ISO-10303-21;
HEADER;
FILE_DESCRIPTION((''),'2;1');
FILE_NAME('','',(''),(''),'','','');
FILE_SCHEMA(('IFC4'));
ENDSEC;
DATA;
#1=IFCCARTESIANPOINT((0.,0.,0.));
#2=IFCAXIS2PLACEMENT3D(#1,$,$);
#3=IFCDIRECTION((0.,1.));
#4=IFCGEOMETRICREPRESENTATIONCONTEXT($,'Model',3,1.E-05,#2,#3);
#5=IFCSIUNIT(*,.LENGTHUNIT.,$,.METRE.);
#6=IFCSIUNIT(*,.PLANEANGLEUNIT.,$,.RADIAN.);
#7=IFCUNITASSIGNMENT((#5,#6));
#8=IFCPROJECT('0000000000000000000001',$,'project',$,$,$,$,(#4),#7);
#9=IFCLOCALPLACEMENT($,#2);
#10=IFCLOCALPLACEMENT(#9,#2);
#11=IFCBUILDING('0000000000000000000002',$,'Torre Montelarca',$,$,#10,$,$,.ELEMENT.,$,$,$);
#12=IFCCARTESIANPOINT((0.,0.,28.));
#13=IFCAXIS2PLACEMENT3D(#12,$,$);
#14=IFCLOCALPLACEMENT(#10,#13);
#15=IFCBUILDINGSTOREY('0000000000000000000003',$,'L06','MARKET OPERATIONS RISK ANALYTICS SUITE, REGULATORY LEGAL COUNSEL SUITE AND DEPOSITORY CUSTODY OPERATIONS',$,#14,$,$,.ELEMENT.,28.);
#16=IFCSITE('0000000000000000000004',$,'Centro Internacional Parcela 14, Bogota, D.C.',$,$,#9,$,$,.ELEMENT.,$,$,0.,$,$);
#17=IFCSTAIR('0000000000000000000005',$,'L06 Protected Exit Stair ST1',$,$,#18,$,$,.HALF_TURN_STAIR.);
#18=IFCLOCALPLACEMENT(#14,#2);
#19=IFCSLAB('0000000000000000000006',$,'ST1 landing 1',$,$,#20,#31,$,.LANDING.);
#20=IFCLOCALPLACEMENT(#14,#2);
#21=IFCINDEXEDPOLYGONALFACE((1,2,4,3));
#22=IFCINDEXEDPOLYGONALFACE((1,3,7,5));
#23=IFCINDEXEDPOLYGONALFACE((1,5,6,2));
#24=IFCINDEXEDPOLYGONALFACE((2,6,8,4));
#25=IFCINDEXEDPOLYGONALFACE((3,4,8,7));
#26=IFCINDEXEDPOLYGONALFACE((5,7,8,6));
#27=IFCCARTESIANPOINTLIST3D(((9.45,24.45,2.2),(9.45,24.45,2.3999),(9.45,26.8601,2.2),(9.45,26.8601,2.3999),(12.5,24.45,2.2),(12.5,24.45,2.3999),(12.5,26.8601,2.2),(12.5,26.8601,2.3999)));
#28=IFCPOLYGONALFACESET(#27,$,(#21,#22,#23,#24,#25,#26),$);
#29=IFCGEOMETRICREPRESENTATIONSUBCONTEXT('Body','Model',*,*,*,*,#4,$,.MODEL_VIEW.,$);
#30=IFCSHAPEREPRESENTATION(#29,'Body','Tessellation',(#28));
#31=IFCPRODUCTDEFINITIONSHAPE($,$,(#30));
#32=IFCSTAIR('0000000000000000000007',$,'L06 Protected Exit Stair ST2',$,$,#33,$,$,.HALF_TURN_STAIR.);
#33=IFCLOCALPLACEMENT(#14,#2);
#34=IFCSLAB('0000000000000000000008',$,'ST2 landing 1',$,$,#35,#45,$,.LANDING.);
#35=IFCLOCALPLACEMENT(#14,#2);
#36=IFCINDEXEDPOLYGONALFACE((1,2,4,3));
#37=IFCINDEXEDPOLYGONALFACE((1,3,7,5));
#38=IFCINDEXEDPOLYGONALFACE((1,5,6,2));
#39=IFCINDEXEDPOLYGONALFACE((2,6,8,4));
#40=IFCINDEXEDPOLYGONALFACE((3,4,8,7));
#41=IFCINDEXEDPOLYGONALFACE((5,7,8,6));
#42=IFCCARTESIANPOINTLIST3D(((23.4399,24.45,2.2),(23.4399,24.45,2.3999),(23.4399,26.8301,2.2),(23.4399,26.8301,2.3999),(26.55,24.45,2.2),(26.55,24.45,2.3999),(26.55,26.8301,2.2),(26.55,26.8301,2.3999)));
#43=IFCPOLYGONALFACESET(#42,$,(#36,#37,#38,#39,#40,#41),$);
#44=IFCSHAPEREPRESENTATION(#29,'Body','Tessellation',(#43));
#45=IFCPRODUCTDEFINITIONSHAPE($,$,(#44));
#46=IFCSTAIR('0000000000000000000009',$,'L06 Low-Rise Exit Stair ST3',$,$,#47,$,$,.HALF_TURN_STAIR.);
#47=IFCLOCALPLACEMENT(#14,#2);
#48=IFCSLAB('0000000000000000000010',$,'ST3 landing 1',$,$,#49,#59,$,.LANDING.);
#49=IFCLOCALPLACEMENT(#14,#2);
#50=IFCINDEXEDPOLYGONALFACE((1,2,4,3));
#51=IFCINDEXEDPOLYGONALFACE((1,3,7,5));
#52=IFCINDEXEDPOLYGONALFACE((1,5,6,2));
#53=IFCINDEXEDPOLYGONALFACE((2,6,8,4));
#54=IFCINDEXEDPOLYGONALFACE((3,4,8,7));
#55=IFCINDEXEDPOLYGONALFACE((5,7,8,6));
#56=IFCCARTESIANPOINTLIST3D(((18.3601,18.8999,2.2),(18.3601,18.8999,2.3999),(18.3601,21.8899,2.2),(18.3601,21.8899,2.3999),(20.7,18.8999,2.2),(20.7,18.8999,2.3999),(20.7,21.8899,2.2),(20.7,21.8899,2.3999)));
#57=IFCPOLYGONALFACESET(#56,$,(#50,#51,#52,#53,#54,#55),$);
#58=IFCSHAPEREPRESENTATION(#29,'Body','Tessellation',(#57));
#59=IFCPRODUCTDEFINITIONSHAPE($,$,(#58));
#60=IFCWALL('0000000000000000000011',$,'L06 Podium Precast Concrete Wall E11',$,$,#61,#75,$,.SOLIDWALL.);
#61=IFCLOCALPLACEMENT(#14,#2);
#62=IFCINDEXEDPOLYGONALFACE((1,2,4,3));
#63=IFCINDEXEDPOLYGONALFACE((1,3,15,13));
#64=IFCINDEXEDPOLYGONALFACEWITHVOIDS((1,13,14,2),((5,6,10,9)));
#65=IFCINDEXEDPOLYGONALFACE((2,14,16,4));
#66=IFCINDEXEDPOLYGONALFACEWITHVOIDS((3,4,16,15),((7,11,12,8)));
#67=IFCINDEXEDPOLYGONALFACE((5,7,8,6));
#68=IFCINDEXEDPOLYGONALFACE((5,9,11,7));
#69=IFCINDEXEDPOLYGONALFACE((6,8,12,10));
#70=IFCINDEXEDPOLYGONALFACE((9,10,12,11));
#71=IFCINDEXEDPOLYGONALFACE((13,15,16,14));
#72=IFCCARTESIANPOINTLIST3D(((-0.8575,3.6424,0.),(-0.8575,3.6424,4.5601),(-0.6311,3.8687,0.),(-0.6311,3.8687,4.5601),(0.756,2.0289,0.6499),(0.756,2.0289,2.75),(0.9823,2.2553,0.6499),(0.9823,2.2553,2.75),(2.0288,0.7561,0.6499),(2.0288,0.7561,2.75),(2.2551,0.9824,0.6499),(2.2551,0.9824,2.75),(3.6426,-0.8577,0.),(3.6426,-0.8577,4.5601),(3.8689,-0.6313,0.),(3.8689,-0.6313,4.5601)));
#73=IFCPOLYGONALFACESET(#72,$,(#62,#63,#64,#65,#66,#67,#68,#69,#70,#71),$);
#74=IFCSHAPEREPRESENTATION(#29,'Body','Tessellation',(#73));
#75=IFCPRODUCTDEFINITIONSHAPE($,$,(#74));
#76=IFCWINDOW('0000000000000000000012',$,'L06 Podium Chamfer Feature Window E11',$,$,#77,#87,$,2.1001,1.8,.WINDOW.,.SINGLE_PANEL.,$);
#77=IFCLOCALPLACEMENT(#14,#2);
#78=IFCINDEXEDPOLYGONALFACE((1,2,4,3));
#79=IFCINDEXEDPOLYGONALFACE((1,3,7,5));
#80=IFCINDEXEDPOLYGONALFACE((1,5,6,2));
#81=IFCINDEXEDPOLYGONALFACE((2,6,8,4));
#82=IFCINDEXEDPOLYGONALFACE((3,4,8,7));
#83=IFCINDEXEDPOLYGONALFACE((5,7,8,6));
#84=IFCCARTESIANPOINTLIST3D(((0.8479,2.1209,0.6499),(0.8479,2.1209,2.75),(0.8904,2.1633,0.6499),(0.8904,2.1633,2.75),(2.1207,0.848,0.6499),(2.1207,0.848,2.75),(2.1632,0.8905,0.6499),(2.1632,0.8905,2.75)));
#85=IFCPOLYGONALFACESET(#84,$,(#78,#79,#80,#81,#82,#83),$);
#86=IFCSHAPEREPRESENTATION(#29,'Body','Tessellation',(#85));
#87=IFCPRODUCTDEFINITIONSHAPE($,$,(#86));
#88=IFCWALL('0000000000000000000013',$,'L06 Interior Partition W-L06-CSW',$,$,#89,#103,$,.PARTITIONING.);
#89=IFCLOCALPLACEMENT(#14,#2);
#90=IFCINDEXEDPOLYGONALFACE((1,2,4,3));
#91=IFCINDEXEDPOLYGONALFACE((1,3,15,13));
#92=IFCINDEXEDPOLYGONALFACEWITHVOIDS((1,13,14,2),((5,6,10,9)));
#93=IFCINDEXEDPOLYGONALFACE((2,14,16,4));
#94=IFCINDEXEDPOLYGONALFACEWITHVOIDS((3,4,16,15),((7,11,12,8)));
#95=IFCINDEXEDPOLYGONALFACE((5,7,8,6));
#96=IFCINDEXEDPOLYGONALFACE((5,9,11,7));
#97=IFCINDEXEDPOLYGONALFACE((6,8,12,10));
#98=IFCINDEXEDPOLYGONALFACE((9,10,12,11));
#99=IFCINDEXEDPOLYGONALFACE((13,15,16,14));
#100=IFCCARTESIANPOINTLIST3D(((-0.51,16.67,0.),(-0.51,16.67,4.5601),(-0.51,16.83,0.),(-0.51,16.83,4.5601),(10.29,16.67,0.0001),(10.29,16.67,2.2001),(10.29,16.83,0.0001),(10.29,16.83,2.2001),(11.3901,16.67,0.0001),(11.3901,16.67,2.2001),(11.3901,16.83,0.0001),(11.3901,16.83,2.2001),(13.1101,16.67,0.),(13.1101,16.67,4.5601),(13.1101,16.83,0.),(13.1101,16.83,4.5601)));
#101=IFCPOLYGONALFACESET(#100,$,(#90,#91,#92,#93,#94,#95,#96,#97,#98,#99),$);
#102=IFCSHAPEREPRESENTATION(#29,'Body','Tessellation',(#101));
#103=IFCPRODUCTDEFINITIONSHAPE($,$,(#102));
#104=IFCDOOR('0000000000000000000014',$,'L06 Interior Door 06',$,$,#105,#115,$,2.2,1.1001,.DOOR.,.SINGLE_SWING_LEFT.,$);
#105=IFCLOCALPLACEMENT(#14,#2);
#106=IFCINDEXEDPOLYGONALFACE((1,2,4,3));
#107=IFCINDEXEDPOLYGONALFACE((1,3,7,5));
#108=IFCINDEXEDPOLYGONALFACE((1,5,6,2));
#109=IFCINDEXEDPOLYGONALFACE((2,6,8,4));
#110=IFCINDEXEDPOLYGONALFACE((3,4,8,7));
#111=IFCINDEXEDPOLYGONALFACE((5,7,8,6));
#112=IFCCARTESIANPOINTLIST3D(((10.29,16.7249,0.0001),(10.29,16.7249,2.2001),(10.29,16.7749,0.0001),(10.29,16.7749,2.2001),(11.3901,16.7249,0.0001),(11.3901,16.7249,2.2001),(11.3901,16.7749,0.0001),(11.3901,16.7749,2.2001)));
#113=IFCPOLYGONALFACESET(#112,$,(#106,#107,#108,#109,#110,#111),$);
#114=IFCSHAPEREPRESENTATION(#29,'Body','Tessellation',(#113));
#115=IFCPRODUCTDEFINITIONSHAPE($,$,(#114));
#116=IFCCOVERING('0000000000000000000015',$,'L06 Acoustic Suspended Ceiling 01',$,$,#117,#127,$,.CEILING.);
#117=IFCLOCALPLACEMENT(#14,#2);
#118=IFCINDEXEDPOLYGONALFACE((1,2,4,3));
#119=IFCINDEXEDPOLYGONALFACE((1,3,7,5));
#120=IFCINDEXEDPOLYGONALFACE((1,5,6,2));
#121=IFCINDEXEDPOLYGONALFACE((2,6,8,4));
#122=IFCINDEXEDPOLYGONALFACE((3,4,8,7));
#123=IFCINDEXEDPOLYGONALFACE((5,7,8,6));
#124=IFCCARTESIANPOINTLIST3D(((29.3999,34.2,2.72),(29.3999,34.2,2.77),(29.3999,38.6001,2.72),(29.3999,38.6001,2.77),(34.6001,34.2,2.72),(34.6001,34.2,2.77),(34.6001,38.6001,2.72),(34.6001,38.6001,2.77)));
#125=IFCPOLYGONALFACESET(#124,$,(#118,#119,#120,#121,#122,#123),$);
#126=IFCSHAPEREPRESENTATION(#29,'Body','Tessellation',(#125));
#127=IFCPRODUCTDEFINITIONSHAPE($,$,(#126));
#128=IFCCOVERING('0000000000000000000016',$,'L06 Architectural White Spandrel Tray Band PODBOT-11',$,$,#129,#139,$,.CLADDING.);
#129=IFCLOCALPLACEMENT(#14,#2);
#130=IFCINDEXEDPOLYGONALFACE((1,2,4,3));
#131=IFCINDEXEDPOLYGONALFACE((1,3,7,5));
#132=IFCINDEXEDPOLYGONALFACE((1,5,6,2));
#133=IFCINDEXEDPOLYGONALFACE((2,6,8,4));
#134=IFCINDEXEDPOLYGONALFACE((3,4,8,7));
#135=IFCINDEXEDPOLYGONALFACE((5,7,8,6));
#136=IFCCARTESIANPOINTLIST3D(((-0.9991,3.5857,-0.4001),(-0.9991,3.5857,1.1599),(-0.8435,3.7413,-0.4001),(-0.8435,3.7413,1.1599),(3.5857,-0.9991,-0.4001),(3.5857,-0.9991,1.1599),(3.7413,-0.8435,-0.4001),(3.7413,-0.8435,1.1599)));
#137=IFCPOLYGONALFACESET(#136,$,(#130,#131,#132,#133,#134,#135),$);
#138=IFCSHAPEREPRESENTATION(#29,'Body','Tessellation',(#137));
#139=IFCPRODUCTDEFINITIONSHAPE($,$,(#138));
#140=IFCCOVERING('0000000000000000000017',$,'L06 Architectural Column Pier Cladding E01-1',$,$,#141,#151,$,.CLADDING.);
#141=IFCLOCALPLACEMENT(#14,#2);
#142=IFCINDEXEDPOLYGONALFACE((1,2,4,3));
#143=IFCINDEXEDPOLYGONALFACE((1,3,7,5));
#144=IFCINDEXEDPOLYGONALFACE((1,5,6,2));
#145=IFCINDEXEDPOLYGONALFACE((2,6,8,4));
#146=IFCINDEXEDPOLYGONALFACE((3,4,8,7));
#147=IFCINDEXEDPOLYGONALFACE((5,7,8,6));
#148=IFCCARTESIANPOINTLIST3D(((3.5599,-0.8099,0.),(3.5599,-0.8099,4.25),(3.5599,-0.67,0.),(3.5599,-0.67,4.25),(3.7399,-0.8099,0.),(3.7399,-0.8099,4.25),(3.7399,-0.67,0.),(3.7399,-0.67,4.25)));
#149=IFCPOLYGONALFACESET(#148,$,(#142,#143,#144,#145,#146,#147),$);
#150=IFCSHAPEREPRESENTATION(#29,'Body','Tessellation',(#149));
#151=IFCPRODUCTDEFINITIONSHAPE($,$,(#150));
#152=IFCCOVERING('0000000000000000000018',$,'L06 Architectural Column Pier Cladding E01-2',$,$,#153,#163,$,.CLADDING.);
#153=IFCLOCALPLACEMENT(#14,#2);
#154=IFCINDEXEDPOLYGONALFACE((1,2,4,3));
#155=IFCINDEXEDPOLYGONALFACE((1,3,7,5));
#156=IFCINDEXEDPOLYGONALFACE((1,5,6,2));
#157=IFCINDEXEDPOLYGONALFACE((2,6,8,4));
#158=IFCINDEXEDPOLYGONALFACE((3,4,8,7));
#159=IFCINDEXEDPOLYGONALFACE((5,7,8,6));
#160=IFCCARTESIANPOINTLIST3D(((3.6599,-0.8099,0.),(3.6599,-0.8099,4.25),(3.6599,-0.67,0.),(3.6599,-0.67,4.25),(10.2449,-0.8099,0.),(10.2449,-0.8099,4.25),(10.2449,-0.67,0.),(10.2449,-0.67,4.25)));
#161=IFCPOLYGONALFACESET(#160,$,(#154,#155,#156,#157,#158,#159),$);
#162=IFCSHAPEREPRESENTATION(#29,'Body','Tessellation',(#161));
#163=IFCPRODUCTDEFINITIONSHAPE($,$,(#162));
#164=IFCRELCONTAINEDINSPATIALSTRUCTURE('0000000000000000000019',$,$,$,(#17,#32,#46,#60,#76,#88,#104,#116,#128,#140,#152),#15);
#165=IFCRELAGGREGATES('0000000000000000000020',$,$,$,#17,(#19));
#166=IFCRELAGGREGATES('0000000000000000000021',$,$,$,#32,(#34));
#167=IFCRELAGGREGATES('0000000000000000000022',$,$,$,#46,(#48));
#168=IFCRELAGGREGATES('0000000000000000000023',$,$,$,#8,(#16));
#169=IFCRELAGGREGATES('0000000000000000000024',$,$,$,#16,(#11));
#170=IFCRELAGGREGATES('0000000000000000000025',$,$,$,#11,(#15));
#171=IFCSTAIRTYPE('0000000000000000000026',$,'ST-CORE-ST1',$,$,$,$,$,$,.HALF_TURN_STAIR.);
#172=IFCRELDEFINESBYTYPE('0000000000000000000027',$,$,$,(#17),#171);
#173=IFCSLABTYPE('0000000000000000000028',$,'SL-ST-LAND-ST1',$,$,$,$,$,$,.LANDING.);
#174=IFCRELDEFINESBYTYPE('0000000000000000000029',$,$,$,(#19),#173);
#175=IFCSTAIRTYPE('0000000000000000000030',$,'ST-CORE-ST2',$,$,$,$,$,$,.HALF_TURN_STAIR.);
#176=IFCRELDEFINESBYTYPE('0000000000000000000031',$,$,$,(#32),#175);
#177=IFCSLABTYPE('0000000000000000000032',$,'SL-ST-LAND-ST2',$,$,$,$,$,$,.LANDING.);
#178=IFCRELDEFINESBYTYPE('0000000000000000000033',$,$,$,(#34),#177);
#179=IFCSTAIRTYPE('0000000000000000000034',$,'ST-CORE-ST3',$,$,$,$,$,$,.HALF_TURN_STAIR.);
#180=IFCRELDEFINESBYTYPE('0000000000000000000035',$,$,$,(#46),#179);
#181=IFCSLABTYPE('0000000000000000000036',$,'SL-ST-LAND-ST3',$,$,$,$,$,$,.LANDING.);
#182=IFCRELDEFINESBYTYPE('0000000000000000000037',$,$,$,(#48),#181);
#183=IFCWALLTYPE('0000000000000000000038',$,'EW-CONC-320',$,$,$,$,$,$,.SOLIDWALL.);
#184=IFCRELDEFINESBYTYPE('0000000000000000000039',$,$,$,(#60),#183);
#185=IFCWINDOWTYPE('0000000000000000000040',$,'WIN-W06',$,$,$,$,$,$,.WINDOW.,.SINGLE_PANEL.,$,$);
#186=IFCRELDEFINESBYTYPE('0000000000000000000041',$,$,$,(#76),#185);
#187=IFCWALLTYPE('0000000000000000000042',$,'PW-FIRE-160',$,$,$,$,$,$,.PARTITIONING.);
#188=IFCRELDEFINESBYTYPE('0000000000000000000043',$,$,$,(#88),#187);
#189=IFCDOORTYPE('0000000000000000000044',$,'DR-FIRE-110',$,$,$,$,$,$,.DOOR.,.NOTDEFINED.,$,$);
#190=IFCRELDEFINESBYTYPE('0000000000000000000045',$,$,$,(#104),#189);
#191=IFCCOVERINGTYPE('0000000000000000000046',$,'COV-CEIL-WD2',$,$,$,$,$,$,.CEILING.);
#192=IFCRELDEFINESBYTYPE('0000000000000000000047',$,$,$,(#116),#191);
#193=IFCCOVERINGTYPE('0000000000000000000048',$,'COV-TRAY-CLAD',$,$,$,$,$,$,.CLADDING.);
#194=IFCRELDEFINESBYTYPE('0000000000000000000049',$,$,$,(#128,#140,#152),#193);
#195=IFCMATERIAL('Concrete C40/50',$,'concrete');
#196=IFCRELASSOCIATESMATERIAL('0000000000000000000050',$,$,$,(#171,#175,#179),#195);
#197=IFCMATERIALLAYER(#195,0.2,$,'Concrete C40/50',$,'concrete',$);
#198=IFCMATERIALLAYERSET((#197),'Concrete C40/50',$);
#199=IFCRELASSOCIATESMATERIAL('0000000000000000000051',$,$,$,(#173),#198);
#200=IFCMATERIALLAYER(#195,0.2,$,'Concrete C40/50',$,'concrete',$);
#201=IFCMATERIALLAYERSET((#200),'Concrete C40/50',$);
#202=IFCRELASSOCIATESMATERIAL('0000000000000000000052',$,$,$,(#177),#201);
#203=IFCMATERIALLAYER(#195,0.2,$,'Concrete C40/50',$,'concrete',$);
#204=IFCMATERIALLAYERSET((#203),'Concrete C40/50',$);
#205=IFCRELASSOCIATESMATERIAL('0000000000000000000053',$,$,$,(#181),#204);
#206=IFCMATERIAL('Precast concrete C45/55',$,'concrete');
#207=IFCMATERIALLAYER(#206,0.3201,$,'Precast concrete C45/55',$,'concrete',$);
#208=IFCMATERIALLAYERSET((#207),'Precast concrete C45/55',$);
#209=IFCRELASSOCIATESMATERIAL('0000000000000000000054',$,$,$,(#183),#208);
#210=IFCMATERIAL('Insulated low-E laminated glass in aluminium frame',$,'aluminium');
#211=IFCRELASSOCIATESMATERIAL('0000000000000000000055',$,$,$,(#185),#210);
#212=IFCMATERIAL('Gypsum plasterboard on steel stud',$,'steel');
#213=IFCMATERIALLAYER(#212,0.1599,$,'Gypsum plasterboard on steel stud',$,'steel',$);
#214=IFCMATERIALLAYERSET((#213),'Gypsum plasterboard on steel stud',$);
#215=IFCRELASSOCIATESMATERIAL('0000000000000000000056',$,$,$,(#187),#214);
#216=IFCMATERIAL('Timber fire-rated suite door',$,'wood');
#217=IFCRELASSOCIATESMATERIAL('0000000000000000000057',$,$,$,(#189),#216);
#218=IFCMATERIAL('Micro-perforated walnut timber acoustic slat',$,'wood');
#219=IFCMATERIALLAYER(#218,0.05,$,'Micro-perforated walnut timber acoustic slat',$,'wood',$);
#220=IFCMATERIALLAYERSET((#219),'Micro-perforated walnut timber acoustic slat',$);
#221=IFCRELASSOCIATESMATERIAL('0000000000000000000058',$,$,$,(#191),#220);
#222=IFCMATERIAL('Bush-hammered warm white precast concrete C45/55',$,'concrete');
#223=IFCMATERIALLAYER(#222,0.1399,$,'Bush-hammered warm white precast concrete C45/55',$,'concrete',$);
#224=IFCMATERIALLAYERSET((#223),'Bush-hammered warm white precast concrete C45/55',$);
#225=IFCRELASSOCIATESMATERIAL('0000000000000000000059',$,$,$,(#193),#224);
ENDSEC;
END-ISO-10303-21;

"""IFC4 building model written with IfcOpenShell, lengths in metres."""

from ifc_helpers import new_model, si_unit, direction, frame, frame_2d, origin, origin_2d, place, context, subcontext, project, spatial, polyline, rectangle, outline, extrude, source, transform, mapped, material, layer, layer_set, type_object, element, fill, aggregate, save


model = new_model("IFC4")

# Units and contexts
model_context = context("Model", 3, precision=1e-05, world=origin(), true_north=direction((0.0, 1.0)))
body_context = subcontext(model_context, "Body", "Model", "MODEL_VIEW")
ifc_project = project(units=[si_unit("LENGTHUNIT", "METRE"), si_unit("PLANEANGLEUNIT", "RADIAN")], contexts=[model_context])

# Site, building, storey
site_placement = place(None, origin())
site = spatial("IfcSite", under=ifc_project, at=site_placement, Name="Centro Internacional Parcela 14, Bogota, D.C.", CompositionType="ELEMENT", RefElevation=0.0)
building_placement = place(site_placement, origin())
building = spatial("IfcBuilding", under=site, at=building_placement, Name="Torre Montelarca", CompositionType="ELEMENT")
storey_placement = place(building_placement, frame((0.0, 0.0, 28.0)))
storey = spatial("IfcBuildingStorey", under=building, at=storey_placement, Name="L06", Description="MARKET OPERATIONS RISK ANALYTICS SUITE, REGULATORY LEGAL COUNSEL SUITE AND DEPOSITORY CUSTODY OPERATIONS", CompositionType="ELEMENT", Elevation=28.0)

# Shared definitions
ifc_material_1 = material(Name="Concrete C40/50", Category="concrete")

# Stairs, slabs
stair_type_1 = type_object("IfcStairType", Name="ST-CORE-ST1", PredefinedType="HALF_TURN_STAIR", material=ifc_material_1)
stair_1_placement = place(storey_placement, origin())
stair_1 = element("IfcStair", 1, at=stair_1_placement, inside=storey, type_object=stair_type_1, Name="L06 Protected Exit Stair ST1", PredefinedType="HALF_TURN_STAIR")
ifc_layer_1 = layer(ifc_material_1, 0.2, Name="Concrete C40/50", Category="concrete")
ifc_layer_set_1 = layer_set([ifc_layer_1], Name="Concrete C40/50")
slab_type_1 = type_object("IfcSlabType", Name="SL-ST-LAND-ST1", PredefinedType="LANDING", material=ifc_layer_set_1)
slab_1_placement = place(storey_placement, frame((0.0, 0.0, 2.2)))
slab_1 = element("IfcSlab", 2, at=slab_1_placement, type_object=slab_type_1, Name="ST1 landing 1", PredefinedType="LANDING", context=body_context, shape_type="SweptSolid", body=[
    extrude(outline(polyline([(9.45, 26.8601), (9.45, 24.45), (12.5, 24.45), (12.5, 26.8601), (9.45, 26.8601)])), origin(), (0.0, 0.0, 1.0), 0.2),
])
aggregate(stair_1, [slab_1])
stair_type_2 = type_object("IfcStairType", Name="ST-CORE-ST2", PredefinedType="HALF_TURN_STAIR", material=ifc_material_1)
stair_2_placement = place(storey_placement, origin())
stair_2 = element("IfcStair", 3, at=stair_2_placement, inside=storey, type_object=stair_type_2, Name="L06 Protected Exit Stair ST2", PredefinedType="HALF_TURN_STAIR")
ifc_layer_2 = layer(ifc_material_1, 0.2, Name="Concrete C40/50", Category="concrete")
ifc_layer_set_2 = layer_set([ifc_layer_2], Name="Concrete C40/50")
slab_type_2 = type_object("IfcSlabType", Name="SL-ST-LAND-ST2", PredefinedType="LANDING", material=ifc_layer_set_2)
slab_2_placement = place(storey_placement, frame((0.0, 0.0, 2.2)))
slab_2 = element("IfcSlab", 4, at=slab_2_placement, type_object=slab_type_2, Name="ST2 landing 1", PredefinedType="LANDING", context=body_context, shape_type="SweptSolid", body=[
    extrude(outline(polyline([(23.4399, 26.8301), (23.4399, 24.45), (26.55, 24.45), (26.55, 26.8301), (23.4399, 26.8301)])), origin(), (0.0, 0.0, 1.0), 0.2),
])
aggregate(stair_2, [slab_2])
stair_type_3 = type_object("IfcStairType", Name="ST-CORE-ST3", PredefinedType="HALF_TURN_STAIR", material=ifc_material_1)
stair_3_placement = place(storey_placement, origin())
stair_3 = element("IfcStair", 5, at=stair_3_placement, inside=storey, type_object=stair_type_3, Name="L06 Low-Rise Exit Stair ST3", PredefinedType="HALF_TURN_STAIR")
ifc_layer_3 = layer(ifc_material_1, 0.2, Name="Concrete C40/50", Category="concrete")
ifc_layer_set_3 = layer_set([ifc_layer_3], Name="Concrete C40/50")
slab_type_3 = type_object("IfcSlabType", Name="SL-ST-LAND-ST3", PredefinedType="LANDING", material=ifc_layer_set_3)
slab_3_placement = place(storey_placement, frame((0.0, 0.0, 2.2)))
slab_3 = element("IfcSlab", 6, at=slab_3_placement, type_object=slab_type_3, Name="ST3 landing 1", PredefinedType="LANDING", context=body_context, shape_type="SweptSolid", body=[
    extrude(outline(polyline([(18.3601, 18.8999), (20.7, 18.8999), (20.7, 21.8899), (18.3601, 21.8899), (18.3601, 18.8999)])), origin(), (0.0, 0.0, 1.0), 0.2),
])
aggregate(stair_3, [slab_3])

# Wall, opening, window
ifc_material_2 = material(Name="Precast concrete C45/55", Category="concrete")
ifc_layer_4 = layer(ifc_material_2, 0.3201, Name="Precast concrete C45/55", Category="concrete")
ifc_layer_set_4 = layer_set([ifc_layer_4], Name="Precast concrete C45/55")
wall_type_1 = type_object("IfcWallType", Name="EW-CONC-320", PredefinedType="SOLIDWALL", material=ifc_layer_set_4)
wall_1_placement = place(storey_placement, frame((-0.7444, 3.7556, 0.0), z_axis=(0.0, 0.0, 1.0), x_axis=(0.707107, -0.707107, 0.0)))
wall_1 = element("IfcWall", 7, at=wall_1_placement, inside=storey, type_object=wall_type_1, Name="L06 Podium Precast Concrete Wall E11", PredefinedType="SOLIDWALL", context=body_context, shape_type="SweptSolid", body=[
    extrude(rectangle(XDim=6.364, YDim=0.3201, at=frame_2d((3.1821, 0.0))), origin(), (0.0, 0.0, 1.0), 4.5601),
])
opening_1_placement = place(wall_1_placement, frame((2.282, 0.0, 0.6499)))
opening_1 = element("IfcOpeningElement", 8, at=opening_1_placement, cuts=wall_1, PredefinedType="OPENING", context=body_context, shape_type="SweptSolid", body=[
    extrude(rectangle(XDim=1.8, YDim=2.1001, at=frame_2d((0.8999, 1.05))), frame((0.0, 0.1699, 0.0), z_axis=(0.0, -1.0, 0.0), x_axis=(1.0, 0.0, 0.0)), (0.0, 0.0, 1.0), 0.3401),
])
ifc_material_3 = material(Name="Insulated low-E laminated glass in aluminium frame", Category="aluminium")
window_type = type_object("IfcWindowType", Name="WIN-W06", PartitioningType="SINGLE_PANEL", PredefinedType="WINDOW", material=ifc_material_3)
shared_shape_1 = source(origin(), body_context, "Body", "SweptSolid", [
    extrude(rectangle(XDim=1.8, YDim=2.1001, at=frame_2d((0.8999, 1.05))), frame((0.0, 0.03, 0.0), z_axis=(0.0, -1.0, 0.0), x_axis=(1.0, 0.0, 0.0)), (0.0, 0.0, 1.0), 0.0601),
])
window_placement = place(opening_1_placement, origin())
window = element("IfcWindow", 9, at=window_placement, inside=storey, type_object=window_type, Name="L06 Podium Chamfer Feature Window E11", OverallHeight=2.1001, OverallWidth=1.8, PartitioningType="SINGLE_PANEL", PredefinedType="WINDOW", context=body_context, shape_type="MappedRepresentation", body=[
    mapped(shared_shape_1, transform((0.0, 0.0, 0.0), scale=1.0)),
])
fill(opening_1, window)

# Wall, opening, door
ifc_material_4 = material(Name="Gypsum plasterboard on steel stud", Category="steel")
ifc_layer_5 = layer(ifc_material_4, 0.1599, Name="Gypsum plasterboard on steel stud", Category="steel")
ifc_layer_set_5 = layer_set([ifc_layer_5], Name="Gypsum plasterboard on steel stud")
wall_type_2 = type_object("IfcWallType", Name="PW-FIRE-160", PredefinedType="PARTITIONING", material=ifc_layer_set_5)
wall_2_placement = place(storey_placement, frame((-0.51, 16.75, 0.0), z_axis=(0.0, 0.0, 1.0), x_axis=(1.0, 0.0, 0.0)))
wall_2 = element("IfcWall", 10, at=wall_2_placement, inside=storey, type_object=wall_type_2, Name="L06 Interior Partition W-L06-CSW", PredefinedType="PARTITIONING", context=body_context, shape_type="SweptSolid", body=[
    extrude(rectangle(XDim=13.6201, YDim=0.1599, at=frame_2d((6.8101, 0.0))), origin(), (0.0, 0.0, 1.0), 4.5601),
])
opening_2_placement = place(wall_2_placement, frame((10.8, 0.0, 0.0)))
opening_2 = element("IfcOpeningElement", 11, at=opening_2_placement, cuts=wall_2, PredefinedType="OPENING", context=body_context, shape_type="SweptSolid", body=[
    extrude(rectangle(XDim=1.1001, YDim=2.2, at=frame_2d((0.55, 1.1001))), frame((0.0, 0.0898, 0.0), z_axis=(0.0, -1.0, 0.0), x_axis=(1.0, 0.0, 0.0)), (0.0, 0.0, 1.0), 0.1799),
])
ifc_material_5 = material(Name="Timber fire-rated suite door", Category="wood")
door_type = type_object("IfcDoorType", Name="DR-FIRE-110", OperationType="NOTDEFINED", PredefinedType="DOOR", material=ifc_material_5)
shared_shape_2 = source(origin(), body_context, "Body", "SweptSolid", [
    extrude(rectangle(XDim=1.1001, YDim=2.2, at=frame_2d((0.55, 1.1001))), frame((0.0, 0.0249, 0.0), z_axis=(0.0, -1.0, 0.0), x_axis=(1.0, 0.0, 0.0)), (0.0, 0.0, 1.0), 0.05),
])
door_placement = place(opening_2_placement, origin())
door = element("IfcDoor", 12, at=door_placement, inside=storey, type_object=door_type, Name="L06 Interior Door 06", OperationType="SINGLE_SWING_LEFT", OverallHeight=2.2, OverallWidth=1.1001, PredefinedType="DOOR", context=body_context, shape_type="MappedRepresentation", body=[
    mapped(shared_shape_2, transform((0.0, 0.0, 0.0), scale=1.0)),
])
fill(opening_2, door)

# Coverings
ifc_material_6 = material(Name="Micro-perforated walnut timber acoustic slat", Category="wood")
ifc_layer_6 = layer(ifc_material_6, 0.05, Name="Micro-perforated walnut timber acoustic slat", Category="wood")
ifc_layer_set_6 = layer_set([ifc_layer_6], Name="Micro-perforated walnut timber acoustic slat")
covering_type_1 = type_object("IfcCoveringType", Name="COV-CEIL-WD2", PredefinedType="CEILING", material=ifc_layer_set_6)
covering_1_placement = place(storey_placement, frame((0.0, 0.0, 2.72)))
element("IfcCovering", 13, at=covering_1_placement, inside=storey, type_object=covering_type_1, Name="L06 Acoustic Suspended Ceiling 01", PredefinedType="CEILING", context=body_context, shape_type="SweptSolid", body=[
    extrude(outline(polyline([(29.3999, 34.2), (34.6001, 34.2), (34.6001, 38.6001), (29.3999, 38.6001), (29.3999, 34.2)])), origin(), (0.0, 0.0, 1.0), 0.05),
])
ifc_material_7 = material(Name="Bush-hammered warm white precast concrete C45/55", Category="concrete")
ifc_layer_7 = layer(ifc_material_7, 0.1399, Name="Bush-hammered warm white precast concrete C45/55", Category="concrete")
ifc_layer_set_7 = layer_set([ifc_layer_7], Name="Bush-hammered warm white precast concrete C45/55")
covering_type_2 = type_object("IfcCoveringType", Name="COV-TRAY-CLAD", PredefinedType="CLADDING", material=ifc_layer_set_7)
shared_shape_3 = source(origin(), body_context, "Body", "SweptSolid", [
    extrude(rectangle(XDim=6.4839, YDim=0.22, at=origin_2d()), origin(), (0.0, 0.0, 1.0), 1.5601),
])
covering_2_placement = place(storey_placement, frame((1.3711, 1.3711, -0.4001), z_axis=(0.0, 0.0, 1.0), x_axis=(0.707107, -0.707107, 0.0)))
element("IfcCovering", 14, at=covering_2_placement, inside=storey, type_object=covering_type_2, Name="L06 Architectural White Spandrel Tray Band PODBOT-11", PredefinedType="CLADDING", context=body_context, shape_type="MappedRepresentation", body=[
    mapped(shared_shape_3, transform((0.0, 0.0, 0.0), scale=1.0)),
])
shared_shape_4 = source(origin(), body_context, "Body", "SweptSolid", [
    extrude(rectangle(XDim=0.1799, YDim=0.1399, at=origin_2d()), origin(), (0.0, 0.0, 1.0), 4.25),
])
covering_3_placement = place(storey_placement, frame((3.6499, -0.74, 0.0), z_axis=(0.0, 0.0, 1.0), x_axis=(1.0, 0.0, 0.0)))
element("IfcCovering", 15, at=covering_3_placement, inside=storey, type_object=covering_type_2, Name="L06 Architectural Column Pier Cladding E01-1", PredefinedType="CLADDING", context=body_context, shape_type="MappedRepresentation", body=[
    mapped(shared_shape_4, transform((0.0, 0.0, 0.0), scale=1.0)),
])
shared_shape_5 = source(origin(), body_context, "Body", "SweptSolid", [
    extrude(rectangle(XDim=6.585, YDim=0.1399, at=origin_2d()), origin(), (0.0, 0.0, 1.0), 4.25),
])
covering_4_placement = place(storey_placement, frame((6.9524, -0.74, 0.0), z_axis=(0.0, 0.0, 1.0), x_axis=(1.0, 0.0, 0.0)))
element("IfcCovering", 16, at=covering_4_placement, inside=storey, type_object=covering_type_2, Name="L06 Architectural Column Pier Cladding E01-2", PredefinedType="CLADDING", context=body_context, shape_type="MappedRepresentation", body=[
    mapped(shared_shape_5, transform((0.0, 0.0, 0.0), scale=1.0)),
])

save(model, "model.ifc")
